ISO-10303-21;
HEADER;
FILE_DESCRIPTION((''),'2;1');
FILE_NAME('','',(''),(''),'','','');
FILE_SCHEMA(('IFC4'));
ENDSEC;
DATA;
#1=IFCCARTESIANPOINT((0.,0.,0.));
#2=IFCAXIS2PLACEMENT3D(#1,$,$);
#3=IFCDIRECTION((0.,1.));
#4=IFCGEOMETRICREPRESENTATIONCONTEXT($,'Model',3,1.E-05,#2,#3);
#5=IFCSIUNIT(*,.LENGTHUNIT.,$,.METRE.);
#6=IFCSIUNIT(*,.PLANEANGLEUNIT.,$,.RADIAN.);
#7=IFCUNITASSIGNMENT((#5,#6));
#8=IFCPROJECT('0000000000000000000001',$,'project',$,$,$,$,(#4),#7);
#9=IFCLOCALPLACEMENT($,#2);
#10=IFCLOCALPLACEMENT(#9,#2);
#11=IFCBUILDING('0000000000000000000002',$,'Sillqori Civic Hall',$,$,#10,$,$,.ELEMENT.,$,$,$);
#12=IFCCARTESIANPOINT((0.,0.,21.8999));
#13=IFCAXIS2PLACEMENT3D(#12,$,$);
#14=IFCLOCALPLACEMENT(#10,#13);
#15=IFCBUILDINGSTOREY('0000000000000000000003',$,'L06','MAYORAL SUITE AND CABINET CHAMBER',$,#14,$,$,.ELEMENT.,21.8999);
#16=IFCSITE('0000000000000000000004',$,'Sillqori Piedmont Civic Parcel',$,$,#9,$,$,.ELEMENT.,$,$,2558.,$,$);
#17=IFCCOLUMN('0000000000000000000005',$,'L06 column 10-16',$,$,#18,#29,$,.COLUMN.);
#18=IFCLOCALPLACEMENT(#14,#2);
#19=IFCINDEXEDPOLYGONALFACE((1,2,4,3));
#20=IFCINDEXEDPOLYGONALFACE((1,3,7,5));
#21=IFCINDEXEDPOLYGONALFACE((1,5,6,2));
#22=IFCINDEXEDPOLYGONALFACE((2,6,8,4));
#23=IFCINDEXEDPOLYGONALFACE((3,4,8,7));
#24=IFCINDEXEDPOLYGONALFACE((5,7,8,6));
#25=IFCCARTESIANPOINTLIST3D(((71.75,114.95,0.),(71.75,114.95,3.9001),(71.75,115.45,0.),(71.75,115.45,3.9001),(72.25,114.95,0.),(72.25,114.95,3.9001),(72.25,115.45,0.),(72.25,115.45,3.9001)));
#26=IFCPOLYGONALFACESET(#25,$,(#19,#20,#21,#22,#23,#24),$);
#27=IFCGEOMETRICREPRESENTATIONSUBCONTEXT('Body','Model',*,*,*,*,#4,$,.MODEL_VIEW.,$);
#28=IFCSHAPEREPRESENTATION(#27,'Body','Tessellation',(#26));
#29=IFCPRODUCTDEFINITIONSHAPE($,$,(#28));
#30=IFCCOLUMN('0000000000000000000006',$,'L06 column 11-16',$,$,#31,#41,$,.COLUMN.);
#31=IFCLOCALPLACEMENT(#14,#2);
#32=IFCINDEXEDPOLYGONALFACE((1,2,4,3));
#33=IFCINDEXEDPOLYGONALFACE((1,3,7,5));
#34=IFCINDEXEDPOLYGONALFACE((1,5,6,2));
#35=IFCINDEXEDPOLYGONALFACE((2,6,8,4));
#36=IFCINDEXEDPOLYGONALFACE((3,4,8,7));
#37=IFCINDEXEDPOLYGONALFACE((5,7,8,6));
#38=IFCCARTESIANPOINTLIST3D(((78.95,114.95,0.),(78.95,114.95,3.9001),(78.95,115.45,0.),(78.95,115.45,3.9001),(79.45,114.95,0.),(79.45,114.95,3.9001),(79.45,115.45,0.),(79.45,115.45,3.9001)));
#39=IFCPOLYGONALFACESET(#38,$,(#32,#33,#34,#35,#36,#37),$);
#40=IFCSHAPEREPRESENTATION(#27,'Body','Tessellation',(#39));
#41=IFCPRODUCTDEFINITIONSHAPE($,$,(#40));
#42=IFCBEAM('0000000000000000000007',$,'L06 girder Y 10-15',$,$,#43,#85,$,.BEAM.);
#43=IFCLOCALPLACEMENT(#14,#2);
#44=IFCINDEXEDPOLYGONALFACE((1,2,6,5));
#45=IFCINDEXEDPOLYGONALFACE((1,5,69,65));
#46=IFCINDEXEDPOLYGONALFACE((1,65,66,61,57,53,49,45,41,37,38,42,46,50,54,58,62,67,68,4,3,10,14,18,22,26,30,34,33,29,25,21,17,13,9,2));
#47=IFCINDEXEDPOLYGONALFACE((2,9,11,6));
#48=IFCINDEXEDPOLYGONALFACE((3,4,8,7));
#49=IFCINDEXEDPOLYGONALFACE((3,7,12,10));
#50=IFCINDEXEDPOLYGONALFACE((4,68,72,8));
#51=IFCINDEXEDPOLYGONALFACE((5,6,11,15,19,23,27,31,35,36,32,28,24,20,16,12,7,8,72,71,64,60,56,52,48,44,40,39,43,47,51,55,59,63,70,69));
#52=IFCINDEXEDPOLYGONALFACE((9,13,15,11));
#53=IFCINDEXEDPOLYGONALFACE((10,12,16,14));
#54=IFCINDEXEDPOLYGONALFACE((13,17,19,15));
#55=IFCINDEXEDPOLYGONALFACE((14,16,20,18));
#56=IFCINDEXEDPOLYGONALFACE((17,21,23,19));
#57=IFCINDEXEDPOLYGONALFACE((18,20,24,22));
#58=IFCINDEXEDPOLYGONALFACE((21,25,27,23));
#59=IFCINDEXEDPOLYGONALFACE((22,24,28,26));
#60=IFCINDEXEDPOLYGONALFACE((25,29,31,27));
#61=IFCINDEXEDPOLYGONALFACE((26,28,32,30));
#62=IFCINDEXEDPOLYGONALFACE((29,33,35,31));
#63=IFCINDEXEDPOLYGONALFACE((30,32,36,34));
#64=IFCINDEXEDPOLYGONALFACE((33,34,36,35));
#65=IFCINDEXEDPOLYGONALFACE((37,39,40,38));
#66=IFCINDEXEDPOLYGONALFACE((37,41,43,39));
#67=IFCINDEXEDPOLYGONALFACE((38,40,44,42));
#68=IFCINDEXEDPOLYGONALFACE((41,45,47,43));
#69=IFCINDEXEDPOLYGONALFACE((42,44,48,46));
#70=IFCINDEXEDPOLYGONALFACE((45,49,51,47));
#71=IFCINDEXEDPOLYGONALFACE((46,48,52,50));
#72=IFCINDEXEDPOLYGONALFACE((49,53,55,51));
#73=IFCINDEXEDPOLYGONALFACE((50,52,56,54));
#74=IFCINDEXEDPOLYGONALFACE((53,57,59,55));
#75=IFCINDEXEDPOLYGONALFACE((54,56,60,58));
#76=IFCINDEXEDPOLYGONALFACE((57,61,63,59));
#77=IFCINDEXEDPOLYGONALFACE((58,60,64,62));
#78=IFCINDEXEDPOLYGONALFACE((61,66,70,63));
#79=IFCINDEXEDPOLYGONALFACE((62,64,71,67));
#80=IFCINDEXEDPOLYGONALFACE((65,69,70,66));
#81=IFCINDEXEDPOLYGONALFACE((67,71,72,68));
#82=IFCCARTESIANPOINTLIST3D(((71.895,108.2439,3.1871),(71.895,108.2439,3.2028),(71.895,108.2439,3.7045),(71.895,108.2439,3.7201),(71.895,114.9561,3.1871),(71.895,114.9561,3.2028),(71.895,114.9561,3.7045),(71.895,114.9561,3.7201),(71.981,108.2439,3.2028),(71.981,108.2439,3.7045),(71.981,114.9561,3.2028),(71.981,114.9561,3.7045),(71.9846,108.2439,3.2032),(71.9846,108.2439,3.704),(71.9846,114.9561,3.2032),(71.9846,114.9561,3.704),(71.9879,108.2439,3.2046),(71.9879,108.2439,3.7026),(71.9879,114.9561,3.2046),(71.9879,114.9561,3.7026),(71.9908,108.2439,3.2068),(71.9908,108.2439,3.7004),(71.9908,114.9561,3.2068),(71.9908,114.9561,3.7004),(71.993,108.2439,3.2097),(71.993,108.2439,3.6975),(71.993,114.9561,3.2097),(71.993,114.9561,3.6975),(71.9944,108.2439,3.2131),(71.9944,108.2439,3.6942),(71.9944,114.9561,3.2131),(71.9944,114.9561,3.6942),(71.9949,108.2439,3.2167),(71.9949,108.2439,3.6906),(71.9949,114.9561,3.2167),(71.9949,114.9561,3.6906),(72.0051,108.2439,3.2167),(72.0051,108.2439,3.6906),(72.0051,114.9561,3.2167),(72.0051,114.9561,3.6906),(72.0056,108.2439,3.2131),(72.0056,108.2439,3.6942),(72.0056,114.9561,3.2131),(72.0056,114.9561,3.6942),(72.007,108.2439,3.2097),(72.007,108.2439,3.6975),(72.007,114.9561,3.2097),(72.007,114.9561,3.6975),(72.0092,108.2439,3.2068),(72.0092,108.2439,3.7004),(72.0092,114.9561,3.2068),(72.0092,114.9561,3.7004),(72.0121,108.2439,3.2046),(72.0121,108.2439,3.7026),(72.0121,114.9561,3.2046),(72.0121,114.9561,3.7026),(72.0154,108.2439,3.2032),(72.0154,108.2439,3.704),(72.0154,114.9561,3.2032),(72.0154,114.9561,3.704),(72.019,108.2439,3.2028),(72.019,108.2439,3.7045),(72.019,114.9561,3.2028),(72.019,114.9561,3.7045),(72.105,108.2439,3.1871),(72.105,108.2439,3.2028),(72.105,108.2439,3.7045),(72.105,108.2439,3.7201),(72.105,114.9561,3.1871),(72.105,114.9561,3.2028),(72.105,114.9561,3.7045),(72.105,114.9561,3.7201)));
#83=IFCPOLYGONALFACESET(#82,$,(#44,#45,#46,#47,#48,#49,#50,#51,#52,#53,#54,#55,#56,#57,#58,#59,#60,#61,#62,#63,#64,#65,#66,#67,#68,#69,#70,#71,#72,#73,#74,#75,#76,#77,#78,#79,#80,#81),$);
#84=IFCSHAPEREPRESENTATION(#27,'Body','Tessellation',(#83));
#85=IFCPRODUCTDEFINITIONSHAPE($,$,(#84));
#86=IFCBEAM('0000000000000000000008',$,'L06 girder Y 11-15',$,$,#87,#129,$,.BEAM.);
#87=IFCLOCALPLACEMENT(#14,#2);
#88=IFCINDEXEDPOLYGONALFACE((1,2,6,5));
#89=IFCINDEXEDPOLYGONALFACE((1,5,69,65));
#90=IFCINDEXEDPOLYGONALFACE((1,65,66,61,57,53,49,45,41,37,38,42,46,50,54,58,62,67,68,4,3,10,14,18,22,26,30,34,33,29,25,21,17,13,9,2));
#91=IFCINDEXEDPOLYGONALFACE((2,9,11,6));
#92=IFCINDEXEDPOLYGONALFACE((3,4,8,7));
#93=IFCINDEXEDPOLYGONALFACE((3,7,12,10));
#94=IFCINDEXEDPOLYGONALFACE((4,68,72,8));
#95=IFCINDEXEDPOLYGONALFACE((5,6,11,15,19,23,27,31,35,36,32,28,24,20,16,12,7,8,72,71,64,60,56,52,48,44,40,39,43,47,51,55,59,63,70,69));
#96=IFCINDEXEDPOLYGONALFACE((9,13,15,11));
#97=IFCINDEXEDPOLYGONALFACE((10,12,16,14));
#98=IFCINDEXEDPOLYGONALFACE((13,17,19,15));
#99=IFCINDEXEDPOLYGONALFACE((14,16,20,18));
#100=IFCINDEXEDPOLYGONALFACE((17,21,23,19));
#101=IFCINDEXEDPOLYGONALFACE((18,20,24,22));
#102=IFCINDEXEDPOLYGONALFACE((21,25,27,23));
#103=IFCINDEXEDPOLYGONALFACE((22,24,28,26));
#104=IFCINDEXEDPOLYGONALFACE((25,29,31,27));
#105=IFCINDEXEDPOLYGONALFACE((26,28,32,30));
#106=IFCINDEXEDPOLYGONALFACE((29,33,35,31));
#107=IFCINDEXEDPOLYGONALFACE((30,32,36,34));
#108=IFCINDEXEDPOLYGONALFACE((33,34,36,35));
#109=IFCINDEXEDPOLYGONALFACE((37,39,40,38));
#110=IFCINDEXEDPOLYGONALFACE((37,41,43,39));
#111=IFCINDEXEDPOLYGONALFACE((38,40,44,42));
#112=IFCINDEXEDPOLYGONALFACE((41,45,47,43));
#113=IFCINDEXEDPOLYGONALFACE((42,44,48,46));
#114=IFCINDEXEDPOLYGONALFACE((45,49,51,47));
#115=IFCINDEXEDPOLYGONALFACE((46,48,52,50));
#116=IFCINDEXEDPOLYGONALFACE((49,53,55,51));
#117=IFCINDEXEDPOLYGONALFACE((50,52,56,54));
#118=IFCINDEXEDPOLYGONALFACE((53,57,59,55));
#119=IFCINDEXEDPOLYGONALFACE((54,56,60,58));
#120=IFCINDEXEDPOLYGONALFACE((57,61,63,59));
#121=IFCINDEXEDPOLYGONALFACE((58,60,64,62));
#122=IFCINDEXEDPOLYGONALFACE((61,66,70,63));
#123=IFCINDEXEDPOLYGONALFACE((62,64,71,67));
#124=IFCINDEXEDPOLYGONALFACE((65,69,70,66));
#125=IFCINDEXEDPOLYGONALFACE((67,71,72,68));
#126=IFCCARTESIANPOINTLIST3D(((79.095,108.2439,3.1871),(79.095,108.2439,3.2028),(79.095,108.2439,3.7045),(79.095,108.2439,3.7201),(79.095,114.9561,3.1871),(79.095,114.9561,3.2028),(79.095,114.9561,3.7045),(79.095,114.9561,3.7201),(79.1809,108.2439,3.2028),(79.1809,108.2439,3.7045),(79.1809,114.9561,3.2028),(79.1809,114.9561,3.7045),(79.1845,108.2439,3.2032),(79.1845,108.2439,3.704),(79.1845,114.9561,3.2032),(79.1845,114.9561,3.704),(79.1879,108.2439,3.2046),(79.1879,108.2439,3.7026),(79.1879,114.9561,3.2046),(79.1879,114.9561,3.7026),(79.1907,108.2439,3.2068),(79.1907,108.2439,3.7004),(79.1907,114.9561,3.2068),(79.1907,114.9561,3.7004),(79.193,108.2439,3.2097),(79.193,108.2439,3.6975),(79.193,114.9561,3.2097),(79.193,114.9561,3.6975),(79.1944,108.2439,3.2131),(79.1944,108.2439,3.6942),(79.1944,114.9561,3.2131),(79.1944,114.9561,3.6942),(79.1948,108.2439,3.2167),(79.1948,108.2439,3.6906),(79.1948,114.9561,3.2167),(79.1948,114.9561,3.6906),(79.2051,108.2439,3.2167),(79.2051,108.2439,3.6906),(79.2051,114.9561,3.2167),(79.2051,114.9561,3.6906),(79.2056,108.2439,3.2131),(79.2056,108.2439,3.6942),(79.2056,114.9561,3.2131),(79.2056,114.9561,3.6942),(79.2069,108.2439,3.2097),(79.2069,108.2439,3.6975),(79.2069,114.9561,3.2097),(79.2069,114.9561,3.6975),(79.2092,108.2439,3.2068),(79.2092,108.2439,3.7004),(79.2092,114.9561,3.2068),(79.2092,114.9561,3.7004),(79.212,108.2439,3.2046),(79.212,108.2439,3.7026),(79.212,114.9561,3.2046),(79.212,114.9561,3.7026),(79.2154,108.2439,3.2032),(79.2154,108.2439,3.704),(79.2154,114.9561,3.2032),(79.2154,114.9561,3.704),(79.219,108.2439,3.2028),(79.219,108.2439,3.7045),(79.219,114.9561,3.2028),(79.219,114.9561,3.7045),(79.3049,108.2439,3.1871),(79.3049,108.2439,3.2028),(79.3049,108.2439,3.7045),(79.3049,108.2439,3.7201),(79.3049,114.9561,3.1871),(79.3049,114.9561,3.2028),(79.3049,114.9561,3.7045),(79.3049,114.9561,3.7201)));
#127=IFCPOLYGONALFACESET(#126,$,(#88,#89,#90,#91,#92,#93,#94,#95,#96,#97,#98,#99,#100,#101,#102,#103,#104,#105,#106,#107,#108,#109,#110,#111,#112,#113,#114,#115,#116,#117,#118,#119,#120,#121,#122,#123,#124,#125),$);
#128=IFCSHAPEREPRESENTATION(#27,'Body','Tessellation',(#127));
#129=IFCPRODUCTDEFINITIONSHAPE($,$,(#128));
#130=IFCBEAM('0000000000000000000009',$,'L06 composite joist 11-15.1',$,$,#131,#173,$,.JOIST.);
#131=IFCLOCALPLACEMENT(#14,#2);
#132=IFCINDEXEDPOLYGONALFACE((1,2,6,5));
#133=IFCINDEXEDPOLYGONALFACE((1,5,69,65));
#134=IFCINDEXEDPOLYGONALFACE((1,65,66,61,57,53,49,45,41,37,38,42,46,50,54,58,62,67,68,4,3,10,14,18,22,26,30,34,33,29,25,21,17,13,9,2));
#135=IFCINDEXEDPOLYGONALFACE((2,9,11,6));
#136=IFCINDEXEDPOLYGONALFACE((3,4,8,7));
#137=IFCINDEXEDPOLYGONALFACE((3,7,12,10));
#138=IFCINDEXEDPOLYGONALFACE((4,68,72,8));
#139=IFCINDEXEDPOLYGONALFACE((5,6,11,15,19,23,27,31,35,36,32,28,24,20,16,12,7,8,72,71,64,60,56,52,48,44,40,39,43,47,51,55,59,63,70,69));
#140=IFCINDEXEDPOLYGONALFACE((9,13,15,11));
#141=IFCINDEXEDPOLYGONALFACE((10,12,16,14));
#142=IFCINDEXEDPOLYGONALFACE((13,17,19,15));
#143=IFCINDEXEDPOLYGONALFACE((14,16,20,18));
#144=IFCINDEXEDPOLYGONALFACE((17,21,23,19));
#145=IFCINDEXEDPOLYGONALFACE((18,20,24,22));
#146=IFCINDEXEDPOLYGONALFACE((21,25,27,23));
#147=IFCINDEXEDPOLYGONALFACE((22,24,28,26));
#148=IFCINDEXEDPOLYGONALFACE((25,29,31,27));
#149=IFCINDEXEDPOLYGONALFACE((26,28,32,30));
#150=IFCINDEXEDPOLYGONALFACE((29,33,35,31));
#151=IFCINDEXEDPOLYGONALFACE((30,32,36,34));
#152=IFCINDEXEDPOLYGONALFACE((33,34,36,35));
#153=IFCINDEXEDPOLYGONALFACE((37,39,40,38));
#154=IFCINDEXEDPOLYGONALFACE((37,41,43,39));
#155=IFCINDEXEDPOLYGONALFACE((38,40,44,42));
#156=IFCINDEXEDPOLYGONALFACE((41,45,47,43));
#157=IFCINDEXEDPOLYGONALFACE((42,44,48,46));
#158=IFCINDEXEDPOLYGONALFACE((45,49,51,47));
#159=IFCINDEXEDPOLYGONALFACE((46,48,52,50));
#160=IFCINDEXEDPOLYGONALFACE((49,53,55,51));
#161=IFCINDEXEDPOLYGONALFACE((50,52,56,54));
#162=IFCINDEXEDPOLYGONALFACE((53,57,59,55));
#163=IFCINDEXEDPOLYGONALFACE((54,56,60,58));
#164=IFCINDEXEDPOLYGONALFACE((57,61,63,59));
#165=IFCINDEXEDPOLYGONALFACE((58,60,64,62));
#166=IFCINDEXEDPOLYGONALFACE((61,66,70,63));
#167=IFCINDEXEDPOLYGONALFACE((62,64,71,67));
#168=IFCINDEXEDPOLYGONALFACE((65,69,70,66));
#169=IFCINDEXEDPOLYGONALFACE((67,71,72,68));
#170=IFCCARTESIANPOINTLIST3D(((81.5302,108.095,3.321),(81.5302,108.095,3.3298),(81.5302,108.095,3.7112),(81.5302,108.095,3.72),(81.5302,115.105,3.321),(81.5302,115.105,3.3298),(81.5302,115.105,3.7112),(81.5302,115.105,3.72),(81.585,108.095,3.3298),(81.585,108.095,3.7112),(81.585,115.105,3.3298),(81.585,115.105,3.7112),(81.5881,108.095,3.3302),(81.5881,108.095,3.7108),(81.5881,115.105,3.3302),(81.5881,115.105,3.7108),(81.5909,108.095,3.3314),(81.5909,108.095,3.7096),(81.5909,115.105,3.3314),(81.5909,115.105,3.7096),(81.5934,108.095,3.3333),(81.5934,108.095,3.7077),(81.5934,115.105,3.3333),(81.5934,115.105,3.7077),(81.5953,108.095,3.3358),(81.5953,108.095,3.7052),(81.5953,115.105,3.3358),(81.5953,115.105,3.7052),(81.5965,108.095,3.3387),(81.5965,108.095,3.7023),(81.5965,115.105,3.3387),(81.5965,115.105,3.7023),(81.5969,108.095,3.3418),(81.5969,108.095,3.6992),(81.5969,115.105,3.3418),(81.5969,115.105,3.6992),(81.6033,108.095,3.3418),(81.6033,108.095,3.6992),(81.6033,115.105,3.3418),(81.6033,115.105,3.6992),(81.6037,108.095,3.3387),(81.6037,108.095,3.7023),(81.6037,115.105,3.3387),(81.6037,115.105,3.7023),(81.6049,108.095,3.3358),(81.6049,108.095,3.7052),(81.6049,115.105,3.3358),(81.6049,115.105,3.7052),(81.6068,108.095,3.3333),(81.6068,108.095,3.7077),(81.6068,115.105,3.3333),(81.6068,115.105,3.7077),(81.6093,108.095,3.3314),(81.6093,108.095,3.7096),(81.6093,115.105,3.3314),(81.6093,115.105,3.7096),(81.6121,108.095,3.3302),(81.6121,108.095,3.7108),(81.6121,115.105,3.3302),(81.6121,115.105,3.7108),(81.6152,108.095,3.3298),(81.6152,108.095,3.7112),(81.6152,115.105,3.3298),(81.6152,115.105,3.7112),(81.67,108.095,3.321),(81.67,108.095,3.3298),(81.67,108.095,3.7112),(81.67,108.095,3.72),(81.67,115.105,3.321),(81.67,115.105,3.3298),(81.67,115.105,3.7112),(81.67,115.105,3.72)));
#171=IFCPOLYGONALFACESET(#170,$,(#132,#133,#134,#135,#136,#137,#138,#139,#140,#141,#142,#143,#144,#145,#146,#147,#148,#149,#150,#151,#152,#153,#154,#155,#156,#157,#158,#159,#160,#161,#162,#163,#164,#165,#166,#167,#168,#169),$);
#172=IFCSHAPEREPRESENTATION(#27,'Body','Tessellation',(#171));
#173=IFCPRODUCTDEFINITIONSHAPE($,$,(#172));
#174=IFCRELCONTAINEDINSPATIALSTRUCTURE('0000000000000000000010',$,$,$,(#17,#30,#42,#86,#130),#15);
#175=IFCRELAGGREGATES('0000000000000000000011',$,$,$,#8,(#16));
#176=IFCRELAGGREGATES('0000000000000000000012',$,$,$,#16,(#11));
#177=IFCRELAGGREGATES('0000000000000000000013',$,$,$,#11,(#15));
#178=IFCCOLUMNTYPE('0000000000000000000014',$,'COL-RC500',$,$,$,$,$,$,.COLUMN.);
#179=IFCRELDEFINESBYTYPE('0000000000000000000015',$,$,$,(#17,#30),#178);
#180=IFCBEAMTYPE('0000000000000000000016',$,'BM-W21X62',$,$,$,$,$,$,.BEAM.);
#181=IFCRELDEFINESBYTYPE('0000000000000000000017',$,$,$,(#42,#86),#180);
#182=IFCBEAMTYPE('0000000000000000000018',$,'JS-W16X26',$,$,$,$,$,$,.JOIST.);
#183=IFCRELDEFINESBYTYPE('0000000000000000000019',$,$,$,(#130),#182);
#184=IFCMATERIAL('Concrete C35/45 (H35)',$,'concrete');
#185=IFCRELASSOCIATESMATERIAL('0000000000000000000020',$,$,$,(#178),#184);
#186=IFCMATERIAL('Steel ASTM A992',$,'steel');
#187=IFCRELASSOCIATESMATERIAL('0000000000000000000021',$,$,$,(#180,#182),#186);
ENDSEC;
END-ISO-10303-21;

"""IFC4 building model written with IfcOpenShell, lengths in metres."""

from ifc_helpers import new_model, si_unit, direction, frame, origin, origin_2d, place, context, subcontext, project, spatial, rectangle, i_section, extrude, material, material_profile, profile_set, type_object, element, save


model = new_model("IFC4")

# Units and contexts
model_context = context("Model", 3, precision=1e-05, world=origin(), true_north=direction((0.0, 1.0)))
body_context = subcontext(model_context, "Body", "Model", "MODEL_VIEW")
ifc_project = project(units=[si_unit("LENGTHUNIT", "METRE"), si_unit("PLANEANGLEUNIT", "RADIAN")], contexts=[model_context])

# Site, building, storey
site_placement = place(None, origin())
site = spatial("IfcSite", under=ifc_project, at=site_placement, Name="Sillqori Piedmont Civic Parcel", CompositionType="ELEMENT", RefElevation=2558.0)
building_placement = place(site_placement, origin())
building = spatial("IfcBuilding", under=site, at=building_placement, Name="Sillqori Civic Hall", CompositionType="ELEMENT")
storey_placement = place(building_placement, frame((0.0, 0.0, 21.8999)))
storey = spatial("IfcBuildingStorey", under=building, at=storey_placement, Name="L06", Description="MAYORAL SUITE AND CABINET CHAMBER", CompositionType="ELEMENT", Elevation=21.8999)

# Columns
ifc_material_1 = material(Name="Concrete C35/45 (H35)", Category="concrete")
ifc_material_profile_1 = material_profile(ifc_material_1, rectangle(XDim=0.5, YDim=0.5, at=origin_2d()), Name="RC 500x500")
ifc_profile_set_1 = profile_set([ifc_material_profile_1], Name="Concrete C35/45 (H35)")
column_type = type_object("IfcColumnType", Name="COL-RC500", PredefinedType="COLUMN", material=ifc_profile_set_1)
for number, where, z_axis, x_axis, name in (
    (1, (72.0, 115.2, 0.0), (0.0, 0.0, 1.0), (1.0, 0.0, 0.0), "L06 column 10-16"),
    (2, (79.2, 115.2, 0.0), (0.0, 0.0, 1.0), (1.0, 0.0, 0.0), "L06 column 11-16"),
):
    element("IfcColumn", number, at=place(storey_placement, frame(where, z_axis=z_axis, x_axis=x_axis)), inside=storey, type_object=column_type, Name=name, PredefinedType="COLUMN", context=body_context, shape_type="SweptSolid", body=[
        extrude(rectangle(XDim=0.5, YDim=0.5, at=origin_2d()), origin(), (0.0, 0.0, 1.0), 3.9001),
    ])

# Beams
ifc_material_2 = material(Name="Steel ASTM A992", Category="steel")
ifc_material_profile_2 = material_profile(ifc_material_2, i_section(OverallWidth=0.21, OverallDepth=0.533, WebThickness=0.0103, FlangeThickness=0.0156, FilletRadius=0.0139, at=origin_2d()), Name="W21X62")
ifc_profile_set_2 = profile_set([ifc_material_profile_2], Name="Steel ASTM A992")
beam_type_1 = type_object("IfcBeamType", Name="BM-W21X62", PredefinedType="BEAM", material=ifc_profile_set_2)
for number, where, z_axis, x_axis, name in (
    (3, (72.0, 108.2439, 3.4536), (0.0, 1.0, 0.0), (-1.0, 0.0, 0.0), "L06 girder Y 10-15"),
    (4, (79.2, 108.2439, 3.4536), (0.0, 1.0, 0.0), (-1.0, 0.0, 0.0), "L06 girder Y 11-15"),
):
    element("IfcBeam", number, at=place(storey_placement, frame(where, z_axis=z_axis, x_axis=x_axis)), inside=storey, type_object=beam_type_1, Name=name, PredefinedType="BEAM", context=body_context, shape_type="SweptSolid", body=[
        extrude(i_section(OverallWidth=0.21, OverallDepth=0.533, WebThickness=0.0103, FlangeThickness=0.0156, FilletRadius=0.0139, at=origin_2d()), origin(), (0.0, 0.0, 1.0), 6.7122),
    ])

# Beam
ifc_material_profile_3 = material_profile(ifc_material_2, i_section(OverallWidth=0.1399, OverallDepth=0.3989, WebThickness=0.0063, FlangeThickness=0.0088, FilletRadius=0.012, at=origin_2d()), Name="W16X26")
ifc_profile_set_3 = profile_set([ifc_material_profile_3], Name="Steel ASTM A992")
beam_type_2 = type_object("IfcBeamType", Name="JS-W16X26", PredefinedType="JOIST", material=ifc_profile_set_3)
beam_1_placement = place(storey_placement, frame((81.6001, 108.095, 3.5205), z_axis=(0.0, 1.0, 0.0), x_axis=(-1.0, 0.0, 0.0)))
element("IfcBeam", 5, at=beam_1_placement, inside=storey, type_object=beam_type_2, Name="L06 composite joist 11-15.1", PredefinedType="JOIST", context=body_context, shape_type="SweptSolid", body=[
    extrude(i_section(OverallWidth=0.1399, OverallDepth=0.3989, WebThickness=0.0063, FlangeThickness=0.0088, FilletRadius=0.012, at=origin_2d()), origin(), (0.0, 0.0, 1.0), 7.01),
])

save(model, "model.ifc")
